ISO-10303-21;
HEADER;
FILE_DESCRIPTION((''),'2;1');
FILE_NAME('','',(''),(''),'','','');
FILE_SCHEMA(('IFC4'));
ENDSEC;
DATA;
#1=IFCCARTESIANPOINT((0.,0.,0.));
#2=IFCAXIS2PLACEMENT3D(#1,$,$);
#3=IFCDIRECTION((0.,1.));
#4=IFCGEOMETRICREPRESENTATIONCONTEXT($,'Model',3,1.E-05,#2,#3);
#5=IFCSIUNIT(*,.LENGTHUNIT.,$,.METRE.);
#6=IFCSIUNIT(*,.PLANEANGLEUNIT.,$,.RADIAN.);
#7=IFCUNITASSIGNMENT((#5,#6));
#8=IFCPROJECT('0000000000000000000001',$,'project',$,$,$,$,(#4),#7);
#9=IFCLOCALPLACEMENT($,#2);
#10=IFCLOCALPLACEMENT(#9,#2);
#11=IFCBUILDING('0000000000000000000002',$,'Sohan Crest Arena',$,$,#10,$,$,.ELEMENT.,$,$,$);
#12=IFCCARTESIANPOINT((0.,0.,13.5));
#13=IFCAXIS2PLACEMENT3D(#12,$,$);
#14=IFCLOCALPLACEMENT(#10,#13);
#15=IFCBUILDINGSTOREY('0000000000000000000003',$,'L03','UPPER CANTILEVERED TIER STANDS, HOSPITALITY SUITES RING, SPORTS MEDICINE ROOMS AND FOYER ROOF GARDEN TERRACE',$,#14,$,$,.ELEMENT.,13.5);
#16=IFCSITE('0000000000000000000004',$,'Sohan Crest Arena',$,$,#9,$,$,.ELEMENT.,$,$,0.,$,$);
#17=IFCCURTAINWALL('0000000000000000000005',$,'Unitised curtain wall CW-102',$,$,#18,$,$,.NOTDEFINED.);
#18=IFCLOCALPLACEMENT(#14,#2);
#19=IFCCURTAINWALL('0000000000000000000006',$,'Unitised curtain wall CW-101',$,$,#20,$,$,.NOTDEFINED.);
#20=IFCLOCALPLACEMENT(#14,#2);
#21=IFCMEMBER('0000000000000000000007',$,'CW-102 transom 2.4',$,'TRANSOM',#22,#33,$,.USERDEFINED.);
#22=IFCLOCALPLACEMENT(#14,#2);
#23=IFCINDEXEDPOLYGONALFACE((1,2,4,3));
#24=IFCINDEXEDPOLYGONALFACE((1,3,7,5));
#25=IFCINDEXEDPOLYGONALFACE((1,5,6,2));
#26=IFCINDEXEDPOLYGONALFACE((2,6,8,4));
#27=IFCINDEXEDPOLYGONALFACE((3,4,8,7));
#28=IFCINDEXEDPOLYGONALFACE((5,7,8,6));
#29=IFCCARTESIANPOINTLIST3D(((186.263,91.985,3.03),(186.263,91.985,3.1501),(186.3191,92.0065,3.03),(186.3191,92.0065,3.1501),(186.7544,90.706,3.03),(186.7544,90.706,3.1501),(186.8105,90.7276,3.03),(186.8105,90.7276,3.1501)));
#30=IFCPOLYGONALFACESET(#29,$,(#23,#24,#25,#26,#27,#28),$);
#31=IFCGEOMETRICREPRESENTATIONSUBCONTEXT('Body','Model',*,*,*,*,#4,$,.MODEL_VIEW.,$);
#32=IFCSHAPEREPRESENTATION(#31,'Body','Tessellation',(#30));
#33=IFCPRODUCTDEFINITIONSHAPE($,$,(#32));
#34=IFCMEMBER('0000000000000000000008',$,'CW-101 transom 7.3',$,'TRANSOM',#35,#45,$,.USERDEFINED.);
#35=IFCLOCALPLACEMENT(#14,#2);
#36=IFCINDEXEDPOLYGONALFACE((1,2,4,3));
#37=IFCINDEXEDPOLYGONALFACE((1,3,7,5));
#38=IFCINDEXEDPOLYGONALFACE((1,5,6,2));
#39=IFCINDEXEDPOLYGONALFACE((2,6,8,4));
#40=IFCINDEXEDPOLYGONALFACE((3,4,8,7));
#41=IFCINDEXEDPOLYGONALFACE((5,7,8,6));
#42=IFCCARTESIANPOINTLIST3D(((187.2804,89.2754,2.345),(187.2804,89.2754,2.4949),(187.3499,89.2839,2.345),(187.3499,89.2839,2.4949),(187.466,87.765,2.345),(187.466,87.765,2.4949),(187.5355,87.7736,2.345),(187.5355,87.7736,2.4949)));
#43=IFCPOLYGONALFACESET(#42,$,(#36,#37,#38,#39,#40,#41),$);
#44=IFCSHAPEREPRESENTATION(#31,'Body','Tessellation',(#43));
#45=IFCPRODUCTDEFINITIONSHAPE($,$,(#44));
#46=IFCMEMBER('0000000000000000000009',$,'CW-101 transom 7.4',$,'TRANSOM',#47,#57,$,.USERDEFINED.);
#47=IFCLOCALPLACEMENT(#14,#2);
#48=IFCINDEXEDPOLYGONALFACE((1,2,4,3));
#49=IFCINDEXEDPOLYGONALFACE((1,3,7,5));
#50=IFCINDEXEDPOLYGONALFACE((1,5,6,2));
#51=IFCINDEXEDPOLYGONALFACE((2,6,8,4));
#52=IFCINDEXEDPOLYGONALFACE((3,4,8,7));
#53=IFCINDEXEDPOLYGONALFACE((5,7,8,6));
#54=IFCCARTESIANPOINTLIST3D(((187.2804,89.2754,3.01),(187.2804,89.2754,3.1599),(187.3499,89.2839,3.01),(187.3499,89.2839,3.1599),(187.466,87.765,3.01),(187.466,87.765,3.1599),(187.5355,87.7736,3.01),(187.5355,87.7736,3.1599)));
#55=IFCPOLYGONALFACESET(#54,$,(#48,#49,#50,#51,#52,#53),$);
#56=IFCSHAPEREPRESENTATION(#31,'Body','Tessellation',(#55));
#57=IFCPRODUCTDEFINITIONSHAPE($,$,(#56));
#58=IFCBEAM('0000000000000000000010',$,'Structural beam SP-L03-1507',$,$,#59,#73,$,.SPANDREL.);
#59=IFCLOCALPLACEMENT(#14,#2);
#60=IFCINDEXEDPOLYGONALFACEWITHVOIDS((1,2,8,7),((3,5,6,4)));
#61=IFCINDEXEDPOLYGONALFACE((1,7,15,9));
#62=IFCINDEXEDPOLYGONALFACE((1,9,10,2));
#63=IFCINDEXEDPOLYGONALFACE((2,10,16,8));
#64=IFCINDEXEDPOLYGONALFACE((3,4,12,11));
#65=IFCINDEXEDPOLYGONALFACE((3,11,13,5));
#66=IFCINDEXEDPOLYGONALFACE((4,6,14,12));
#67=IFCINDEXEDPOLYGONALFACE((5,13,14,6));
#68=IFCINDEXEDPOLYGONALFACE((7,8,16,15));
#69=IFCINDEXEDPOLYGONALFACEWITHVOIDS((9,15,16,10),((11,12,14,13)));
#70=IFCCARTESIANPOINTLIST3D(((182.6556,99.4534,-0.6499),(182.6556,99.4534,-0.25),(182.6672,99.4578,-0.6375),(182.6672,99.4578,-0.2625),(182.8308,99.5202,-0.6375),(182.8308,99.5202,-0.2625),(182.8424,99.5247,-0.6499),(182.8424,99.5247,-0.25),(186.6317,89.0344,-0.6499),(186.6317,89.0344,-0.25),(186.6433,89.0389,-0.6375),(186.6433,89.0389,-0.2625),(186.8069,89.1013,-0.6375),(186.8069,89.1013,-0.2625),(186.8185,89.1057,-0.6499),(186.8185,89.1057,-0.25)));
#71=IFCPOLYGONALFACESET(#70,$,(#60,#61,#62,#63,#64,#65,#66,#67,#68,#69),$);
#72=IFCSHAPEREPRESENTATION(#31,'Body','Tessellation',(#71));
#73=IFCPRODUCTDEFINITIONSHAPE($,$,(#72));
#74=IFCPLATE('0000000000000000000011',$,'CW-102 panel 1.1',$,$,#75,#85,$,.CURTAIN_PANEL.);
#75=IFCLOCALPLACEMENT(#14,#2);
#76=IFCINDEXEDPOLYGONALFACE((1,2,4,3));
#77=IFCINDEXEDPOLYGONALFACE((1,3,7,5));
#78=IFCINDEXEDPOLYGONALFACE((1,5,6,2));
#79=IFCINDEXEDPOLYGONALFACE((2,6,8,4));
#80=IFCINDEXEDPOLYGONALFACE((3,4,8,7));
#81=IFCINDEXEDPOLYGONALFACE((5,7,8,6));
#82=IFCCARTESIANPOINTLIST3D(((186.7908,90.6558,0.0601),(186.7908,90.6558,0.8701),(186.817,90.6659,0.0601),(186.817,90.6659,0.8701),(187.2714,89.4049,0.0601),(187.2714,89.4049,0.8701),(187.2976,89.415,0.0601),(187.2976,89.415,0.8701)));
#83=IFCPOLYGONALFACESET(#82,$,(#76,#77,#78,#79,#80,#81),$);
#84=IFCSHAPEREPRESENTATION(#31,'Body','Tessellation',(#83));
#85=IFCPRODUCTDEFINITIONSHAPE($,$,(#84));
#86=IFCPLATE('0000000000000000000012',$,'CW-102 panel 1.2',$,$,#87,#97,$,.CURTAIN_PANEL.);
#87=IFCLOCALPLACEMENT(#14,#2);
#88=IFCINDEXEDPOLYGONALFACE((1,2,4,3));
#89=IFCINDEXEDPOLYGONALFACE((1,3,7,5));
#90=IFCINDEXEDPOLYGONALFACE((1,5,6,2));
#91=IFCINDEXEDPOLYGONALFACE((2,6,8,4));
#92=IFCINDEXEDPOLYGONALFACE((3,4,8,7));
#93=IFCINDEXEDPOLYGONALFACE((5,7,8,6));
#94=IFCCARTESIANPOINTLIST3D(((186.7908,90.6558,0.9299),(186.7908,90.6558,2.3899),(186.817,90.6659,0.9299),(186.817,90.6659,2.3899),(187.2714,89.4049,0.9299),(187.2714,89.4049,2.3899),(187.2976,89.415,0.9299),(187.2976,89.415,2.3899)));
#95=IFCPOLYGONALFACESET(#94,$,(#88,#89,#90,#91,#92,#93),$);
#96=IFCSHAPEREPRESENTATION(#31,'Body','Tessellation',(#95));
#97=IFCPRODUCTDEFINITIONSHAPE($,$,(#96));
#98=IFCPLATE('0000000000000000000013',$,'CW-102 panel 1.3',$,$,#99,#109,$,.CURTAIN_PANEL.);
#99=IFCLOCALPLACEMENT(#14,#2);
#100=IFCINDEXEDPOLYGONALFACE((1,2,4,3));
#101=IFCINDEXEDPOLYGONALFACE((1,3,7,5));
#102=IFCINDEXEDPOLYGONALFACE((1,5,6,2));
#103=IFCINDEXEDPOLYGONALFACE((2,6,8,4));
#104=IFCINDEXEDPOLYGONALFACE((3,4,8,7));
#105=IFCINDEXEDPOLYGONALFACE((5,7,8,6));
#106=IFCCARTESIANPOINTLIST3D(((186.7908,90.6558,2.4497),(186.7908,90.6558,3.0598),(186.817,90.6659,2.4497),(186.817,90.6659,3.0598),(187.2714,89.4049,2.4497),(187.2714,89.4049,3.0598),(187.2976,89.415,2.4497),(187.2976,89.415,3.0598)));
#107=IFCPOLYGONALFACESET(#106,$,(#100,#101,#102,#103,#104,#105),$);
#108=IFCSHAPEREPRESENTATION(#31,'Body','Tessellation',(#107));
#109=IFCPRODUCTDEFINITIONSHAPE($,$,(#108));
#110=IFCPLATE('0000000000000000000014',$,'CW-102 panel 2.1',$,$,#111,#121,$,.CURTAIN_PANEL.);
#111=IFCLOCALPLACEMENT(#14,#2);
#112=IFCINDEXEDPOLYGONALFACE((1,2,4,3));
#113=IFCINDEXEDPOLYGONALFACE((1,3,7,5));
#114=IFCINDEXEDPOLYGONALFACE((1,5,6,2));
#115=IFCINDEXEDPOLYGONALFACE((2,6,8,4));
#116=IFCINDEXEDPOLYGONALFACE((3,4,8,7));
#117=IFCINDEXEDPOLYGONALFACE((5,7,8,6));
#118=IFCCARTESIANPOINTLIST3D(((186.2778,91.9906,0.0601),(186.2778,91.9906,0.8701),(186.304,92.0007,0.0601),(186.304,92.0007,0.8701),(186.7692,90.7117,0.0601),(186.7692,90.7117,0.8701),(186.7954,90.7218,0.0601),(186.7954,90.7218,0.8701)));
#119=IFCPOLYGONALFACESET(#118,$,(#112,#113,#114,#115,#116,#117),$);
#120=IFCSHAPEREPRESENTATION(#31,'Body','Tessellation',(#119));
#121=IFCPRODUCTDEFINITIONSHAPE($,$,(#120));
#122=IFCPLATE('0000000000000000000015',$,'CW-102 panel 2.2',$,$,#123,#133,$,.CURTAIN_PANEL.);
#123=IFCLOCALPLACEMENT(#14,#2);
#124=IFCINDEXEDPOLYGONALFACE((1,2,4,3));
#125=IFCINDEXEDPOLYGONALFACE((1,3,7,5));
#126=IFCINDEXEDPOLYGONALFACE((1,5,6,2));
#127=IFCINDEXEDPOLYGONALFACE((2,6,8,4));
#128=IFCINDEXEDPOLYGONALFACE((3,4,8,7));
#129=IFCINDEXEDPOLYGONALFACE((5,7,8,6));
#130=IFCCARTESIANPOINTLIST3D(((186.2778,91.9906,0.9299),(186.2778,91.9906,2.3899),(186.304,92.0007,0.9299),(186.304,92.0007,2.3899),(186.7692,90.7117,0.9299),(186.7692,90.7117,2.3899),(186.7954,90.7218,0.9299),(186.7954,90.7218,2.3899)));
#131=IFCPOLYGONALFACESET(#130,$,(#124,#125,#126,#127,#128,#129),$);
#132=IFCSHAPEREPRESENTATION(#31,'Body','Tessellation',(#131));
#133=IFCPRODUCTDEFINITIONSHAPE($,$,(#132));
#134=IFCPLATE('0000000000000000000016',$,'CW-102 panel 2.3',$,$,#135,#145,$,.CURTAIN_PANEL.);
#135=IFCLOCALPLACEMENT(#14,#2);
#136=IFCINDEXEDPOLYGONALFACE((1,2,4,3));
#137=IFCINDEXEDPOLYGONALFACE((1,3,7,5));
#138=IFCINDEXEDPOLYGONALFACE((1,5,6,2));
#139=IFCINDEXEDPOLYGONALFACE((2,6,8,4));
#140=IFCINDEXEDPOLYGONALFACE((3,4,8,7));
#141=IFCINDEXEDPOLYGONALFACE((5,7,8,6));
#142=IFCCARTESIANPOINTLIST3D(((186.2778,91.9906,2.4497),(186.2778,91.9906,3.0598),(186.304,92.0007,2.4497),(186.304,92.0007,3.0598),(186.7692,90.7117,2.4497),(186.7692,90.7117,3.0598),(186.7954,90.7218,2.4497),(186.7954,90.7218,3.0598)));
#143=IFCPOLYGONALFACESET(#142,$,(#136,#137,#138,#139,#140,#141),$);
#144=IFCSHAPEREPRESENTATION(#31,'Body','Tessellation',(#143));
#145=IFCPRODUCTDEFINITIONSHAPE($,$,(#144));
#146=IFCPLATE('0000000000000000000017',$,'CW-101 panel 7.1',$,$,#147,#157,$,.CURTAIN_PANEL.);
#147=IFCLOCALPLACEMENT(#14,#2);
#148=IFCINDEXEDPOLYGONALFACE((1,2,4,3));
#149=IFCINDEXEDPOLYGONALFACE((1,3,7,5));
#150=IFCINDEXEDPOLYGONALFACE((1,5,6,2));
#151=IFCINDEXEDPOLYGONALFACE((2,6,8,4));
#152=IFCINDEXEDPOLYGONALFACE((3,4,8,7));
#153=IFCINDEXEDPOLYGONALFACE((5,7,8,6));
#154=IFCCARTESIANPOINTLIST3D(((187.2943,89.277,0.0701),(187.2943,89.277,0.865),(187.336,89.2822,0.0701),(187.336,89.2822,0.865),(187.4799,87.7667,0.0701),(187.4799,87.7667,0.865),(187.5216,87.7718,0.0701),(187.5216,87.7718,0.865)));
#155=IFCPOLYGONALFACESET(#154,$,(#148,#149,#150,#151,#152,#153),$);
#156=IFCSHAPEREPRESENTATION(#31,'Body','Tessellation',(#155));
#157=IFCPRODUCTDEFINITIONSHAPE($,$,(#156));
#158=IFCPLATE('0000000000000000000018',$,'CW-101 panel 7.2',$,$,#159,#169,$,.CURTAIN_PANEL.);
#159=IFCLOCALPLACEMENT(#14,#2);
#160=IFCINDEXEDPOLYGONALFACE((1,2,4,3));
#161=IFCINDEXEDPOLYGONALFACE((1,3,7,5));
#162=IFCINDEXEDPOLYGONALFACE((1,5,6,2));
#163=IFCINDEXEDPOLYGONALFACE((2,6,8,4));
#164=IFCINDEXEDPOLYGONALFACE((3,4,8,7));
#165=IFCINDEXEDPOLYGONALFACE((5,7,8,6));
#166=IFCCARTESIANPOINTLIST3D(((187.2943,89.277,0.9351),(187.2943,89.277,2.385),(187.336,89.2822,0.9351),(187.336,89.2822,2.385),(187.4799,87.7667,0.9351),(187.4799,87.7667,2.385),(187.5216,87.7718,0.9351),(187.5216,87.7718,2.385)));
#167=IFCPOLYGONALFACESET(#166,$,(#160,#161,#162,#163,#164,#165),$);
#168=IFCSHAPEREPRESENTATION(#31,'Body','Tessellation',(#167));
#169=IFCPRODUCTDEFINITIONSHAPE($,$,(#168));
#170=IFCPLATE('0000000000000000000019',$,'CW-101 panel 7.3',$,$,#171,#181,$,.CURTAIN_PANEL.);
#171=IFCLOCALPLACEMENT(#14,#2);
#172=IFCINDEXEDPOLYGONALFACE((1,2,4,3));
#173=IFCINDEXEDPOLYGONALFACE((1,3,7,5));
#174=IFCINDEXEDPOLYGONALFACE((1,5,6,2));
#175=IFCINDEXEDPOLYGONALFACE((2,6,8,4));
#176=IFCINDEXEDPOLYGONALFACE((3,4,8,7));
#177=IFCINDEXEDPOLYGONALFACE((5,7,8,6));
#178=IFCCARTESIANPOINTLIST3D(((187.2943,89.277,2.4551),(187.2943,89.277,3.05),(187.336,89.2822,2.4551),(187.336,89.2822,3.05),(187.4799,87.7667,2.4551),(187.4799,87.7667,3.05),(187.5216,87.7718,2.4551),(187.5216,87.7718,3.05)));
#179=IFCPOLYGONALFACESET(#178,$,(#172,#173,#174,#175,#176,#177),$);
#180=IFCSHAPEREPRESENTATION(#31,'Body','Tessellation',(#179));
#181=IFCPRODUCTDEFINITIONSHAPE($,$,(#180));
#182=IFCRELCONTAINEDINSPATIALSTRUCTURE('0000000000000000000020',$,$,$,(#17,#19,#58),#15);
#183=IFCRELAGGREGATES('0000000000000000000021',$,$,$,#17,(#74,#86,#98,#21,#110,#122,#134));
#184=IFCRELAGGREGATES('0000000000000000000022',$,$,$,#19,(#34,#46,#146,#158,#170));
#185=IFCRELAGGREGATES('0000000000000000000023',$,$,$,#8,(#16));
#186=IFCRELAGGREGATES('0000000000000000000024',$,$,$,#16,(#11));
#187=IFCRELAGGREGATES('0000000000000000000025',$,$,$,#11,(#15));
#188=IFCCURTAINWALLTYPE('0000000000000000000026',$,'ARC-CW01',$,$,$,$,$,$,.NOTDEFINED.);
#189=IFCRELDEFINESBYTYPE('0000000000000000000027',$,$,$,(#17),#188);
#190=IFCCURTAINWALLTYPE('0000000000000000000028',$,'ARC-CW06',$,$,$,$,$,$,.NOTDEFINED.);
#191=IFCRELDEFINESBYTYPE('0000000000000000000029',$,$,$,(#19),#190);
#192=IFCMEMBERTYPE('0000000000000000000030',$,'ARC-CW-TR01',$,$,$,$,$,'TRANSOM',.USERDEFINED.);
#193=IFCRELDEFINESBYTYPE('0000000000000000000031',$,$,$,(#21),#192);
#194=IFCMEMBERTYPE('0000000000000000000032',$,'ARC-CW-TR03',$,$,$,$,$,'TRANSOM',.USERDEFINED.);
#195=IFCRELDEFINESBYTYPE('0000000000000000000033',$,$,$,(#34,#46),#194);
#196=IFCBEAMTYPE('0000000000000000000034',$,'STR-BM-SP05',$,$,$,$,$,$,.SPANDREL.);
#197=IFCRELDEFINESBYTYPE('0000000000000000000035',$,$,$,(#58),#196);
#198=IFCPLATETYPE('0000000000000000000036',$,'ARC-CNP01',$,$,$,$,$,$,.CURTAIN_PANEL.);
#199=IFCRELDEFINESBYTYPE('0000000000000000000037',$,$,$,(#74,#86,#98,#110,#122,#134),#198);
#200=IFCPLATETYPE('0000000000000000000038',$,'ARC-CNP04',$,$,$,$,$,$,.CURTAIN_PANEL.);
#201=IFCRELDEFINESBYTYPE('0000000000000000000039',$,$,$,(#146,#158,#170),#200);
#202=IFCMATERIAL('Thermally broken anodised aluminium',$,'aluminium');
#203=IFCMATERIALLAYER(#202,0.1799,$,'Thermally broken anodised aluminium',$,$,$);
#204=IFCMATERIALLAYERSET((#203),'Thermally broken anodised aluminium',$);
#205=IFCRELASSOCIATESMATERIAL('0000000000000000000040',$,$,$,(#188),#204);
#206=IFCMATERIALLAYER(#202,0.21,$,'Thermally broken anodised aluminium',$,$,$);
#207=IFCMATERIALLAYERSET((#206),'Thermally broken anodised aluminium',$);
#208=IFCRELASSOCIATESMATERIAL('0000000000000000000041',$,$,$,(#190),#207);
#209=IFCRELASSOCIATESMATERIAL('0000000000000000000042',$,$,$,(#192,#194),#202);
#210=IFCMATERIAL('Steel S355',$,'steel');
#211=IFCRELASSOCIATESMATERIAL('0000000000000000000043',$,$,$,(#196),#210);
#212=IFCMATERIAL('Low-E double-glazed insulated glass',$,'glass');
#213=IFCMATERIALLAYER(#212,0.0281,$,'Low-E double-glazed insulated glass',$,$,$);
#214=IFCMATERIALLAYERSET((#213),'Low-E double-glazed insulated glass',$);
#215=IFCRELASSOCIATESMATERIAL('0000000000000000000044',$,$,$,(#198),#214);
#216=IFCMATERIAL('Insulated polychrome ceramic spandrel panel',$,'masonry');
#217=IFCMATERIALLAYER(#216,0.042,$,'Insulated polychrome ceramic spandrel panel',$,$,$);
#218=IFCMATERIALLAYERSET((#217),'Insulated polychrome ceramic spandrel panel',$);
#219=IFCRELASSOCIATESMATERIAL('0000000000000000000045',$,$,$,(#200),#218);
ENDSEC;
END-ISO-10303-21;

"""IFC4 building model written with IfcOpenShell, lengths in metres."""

from ifc_helpers import new_model, si_unit, direction, frame, origin, origin_2d, place, context, subcontext, project, spatial, rectangle, hollow_rectangle, extrude, material, layer, layer_set, material_profile, profile_set, type_object, element, aggregate, save


model = new_model("IFC4")

# Units and contexts
model_context = context("Model", 3, precision=1e-05, world=origin(), true_north=direction((0.0, 1.0)))
body_context = subcontext(model_context, "Body", "Model", "MODEL_VIEW")
ifc_project = project(units=[si_unit("LENGTHUNIT", "METRE"), si_unit("PLANEANGLEUNIT", "RADIAN")], contexts=[model_context])

# Site, building, storey
site_placement = place(None, origin())
site = spatial("IfcSite", under=ifc_project, at=site_placement, Name="Sohan Crest Arena", CompositionType="ELEMENT", RefElevation=0.0)
building_placement = place(site_placement, origin())
building = spatial("IfcBuilding", under=site, at=building_placement, Name="Sohan Crest Arena", CompositionType="ELEMENT")
storey_placement = place(building_placement, frame((0.0, 0.0, 13.5)))
storey = spatial("IfcBuildingStorey", under=building, at=storey_placement, Name="L03", Description="UPPER CANTILEVERED TIER STANDS, HOSPITALITY SUITES RING, SPORTS MEDICINE ROOMS AND FOYER ROOF GARDEN TERRACE", CompositionType="ELEMENT", Elevation=13.5)

# Shared definitions
ifc_material_1 = material(Name="Steel S355", Category="steel")

# Curtain wall
ifc_material_2 = material(Name="Thermally broken anodised aluminium", Category="aluminium")
ifc_layer_1 = layer(ifc_material_2, 0.1799, Name="Thermally broken anodised aluminium")
ifc_layer_set_1 = layer_set([ifc_layer_1], Name="Thermally broken anodised aluminium")
curtain_wall_type_1 = type_object("IfcCurtainWallType", Name="ARC-CW01", PredefinedType="NOTDEFINED", material=ifc_layer_set_1)
curtain_wall_1_placement = place(storey_placement, origin())
curtain_wall_1 = element("IfcCurtainWall", 1, at=curtain_wall_1_placement, inside=storey, type_object=curtain_wall_type_1, Name="Unitised curtain wall CW-102", PredefinedType="NOTDEFINED")

# Curtain wall
ifc_layer_2 = layer(ifc_material_2, 0.21, Name="Thermally broken anodised aluminium")
ifc_layer_set_2 = layer_set([ifc_layer_2], Name="Thermally broken anodised aluminium")
curtain_wall_type_2 = type_object("IfcCurtainWallType", Name="ARC-CW06", PredefinedType="NOTDEFINED", material=ifc_layer_set_2)
curtain_wall_2_placement = place(storey_placement, origin())
curtain_wall_2 = element("IfcCurtainWall", 2, at=curtain_wall_2_placement, inside=storey, type_object=curtain_wall_type_2, Name="Unitised curtain wall CW-101", PredefinedType="NOTDEFINED")

# Members
ifc_material_profile_1 = material_profile(ifc_material_2, rectangle(XDim=0.0601, YDim=0.1201, at=origin_2d()), Name="ALU-TRAN 60x120")
ifc_profile_set_1 = profile_set([ifc_material_profile_1], Name="Thermally broken anodised aluminium")
member_type_1 = type_object("IfcMemberType", Name="ARC-CW-TR01", ElementType="TRANSOM", PredefinedType="USERDEFINED", material=ifc_profile_set_1)
member_1_placement = place(storey_placement, frame((186.7825, 90.7168, 3.0901), z_axis=(-0.358669, 0.933465, 0.0), x_axis=(-0.933465, -0.358669, 0.0)))
member_1 = element("IfcMember", 3, at=member_1_placement, type_object=member_type_1, Name="CW-102 transom 2.4", ObjectType="TRANSOM", PredefinedType="USERDEFINED", context=body_context, shape_type="SweptSolid", body=[
    extrude(rectangle(XDim=0.0601, YDim=0.1201, at=origin_2d()), origin(), (0.0, 0.0, 1.0), 1.3701),
])
ifc_material_profile_2 = material_profile(ifc_material_2, rectangle(XDim=0.0701, YDim=0.1499, at=origin_2d()), Name="ALU-TRAN 70x150")
ifc_profile_set_2 = profile_set([ifc_material_profile_2], Name="Thermally broken anodised aluminium")
member_type_2 = type_object("IfcMemberType", Name="ARC-CW-TR03", ElementType="TRANSOM", PredefinedType="USERDEFINED", material=ifc_profile_set_2)
member_2_placement = place(storey_placement, frame((187.5007, 87.7693, 2.4199), z_axis=(-0.121941, 0.992537, 0.0), x_axis=(-0.992537, -0.121941, 0.0)))
member_2 = element("IfcMember", 4, at=member_2_placement, type_object=member_type_2, Name="CW-101 transom 7.3", ObjectType="TRANSOM", PredefinedType="USERDEFINED", context=body_context, shape_type="SweptSolid", body=[
    extrude(rectangle(XDim=0.0701, YDim=0.1499, at=origin_2d()), origin(), (0.0, 0.0, 1.0), 1.5217),
])
member_3_placement = place(storey_placement, frame((187.5007, 87.7693, 3.085), z_axis=(-0.121941, 0.992537, 0.0), x_axis=(-0.992537, -0.121941, 0.0)))
member_3 = element("IfcMember", 5, at=member_3_placement, type_object=member_type_2, Name="CW-101 transom 7.4", ObjectType="TRANSOM", PredefinedType="USERDEFINED", context=body_context, shape_type="SweptSolid", body=[
    extrude(rectangle(XDim=0.0701, YDim=0.1499, at=origin_2d()), origin(), (0.0, 0.0, 1.0), 1.5217),
])

# Beam
ifc_material_profile_3 = material_profile(ifc_material_1, hollow_rectangle(XDim=0.2, YDim=0.3999, WallThickness=0.0125, at=origin_2d()), Name="RHS 400x200x12.5")
ifc_profile_set_3 = profile_set([ifc_material_profile_3], Name="Steel S355")
beam_type = type_object("IfcBeamType", Name="STR-BM-SP05", PredefinedType="SPANDREL", material=ifc_profile_set_3)
beam_placement = place(storey_placement, frame((186.7251, 89.0701, -0.45), z_axis=(-0.35654, 0.93428, 0.0), x_axis=(-0.93428, -0.35654, 0.0)))
element("IfcBeam", 6, at=beam_placement, inside=storey, type_object=beam_type, Name="Structural beam SP-L03-1507", PredefinedType="SPANDREL", context=body_context, shape_type="SweptSolid", body=[
    extrude(hollow_rectangle(XDim=0.2, YDim=0.3999, WallThickness=0.0125, at=origin_2d()), origin(), (0.0, 0.0, 1.0), 11.1519),
])

# Plates
ifc_material_3 = material(Name="Low-E double-glazed insulated glass", Category="glass")
ifc_layer_3 = layer(ifc_material_3, 0.0281, Name="Low-E double-glazed insulated glass")
ifc_layer_set_3 = layer_set([ifc_layer_3], Name="Low-E double-glazed insulated glass")
plate_type_1 = type_object("IfcPlateType", Name="ARC-CNP01", PredefinedType="CURTAIN_PANEL", material=ifc_layer_set_3)
plate_1_placement = place(storey_placement, frame((187.0442, 90.0354, 0.0601), z_axis=(0.0, 0.0, 1.0), x_axis=(-0.358651, 0.933472, 0.0)))
plate_1 = element("IfcPlate", 7, at=plate_1_placement, type_object=plate_type_1, Name="CW-102 panel 1.1", PredefinedType="CURTAIN_PANEL", context=body_context, shape_type="SweptSolid", body=[
    extrude(rectangle(XDim=1.3401, YDim=0.0281, at=origin_2d()), origin(), (0.0, 0.0, 1.0), 0.8101),
])
plate_2_placement = place(storey_placement, frame((187.0442, 90.0354, 0.9299), z_axis=(0.0, 0.0, 1.0), x_axis=(-0.358651, 0.933472, 0.0)))
plate_2 = element("IfcPlate", 8, at=plate_2_placement, type_object=plate_type_1, Name="CW-102 panel 1.2", PredefinedType="CURTAIN_PANEL", context=body_context, shape_type="SweptSolid", body=[
    extrude(rectangle(XDim=1.3401, YDim=0.0281, at=origin_2d()), origin(), (0.0, 0.0, 1.0), 1.46),
])
plate_3_placement = place(storey_placement, frame((187.0442, 90.0354, 2.4497), z_axis=(0.0, 0.0, 1.0), x_axis=(-0.358651, 0.933472, 0.0)))
plate_3 = element("IfcPlate", 9, at=plate_3_placement, type_object=plate_type_1, Name="CW-102 panel 1.3", PredefinedType="CURTAIN_PANEL", context=body_context, shape_type="SweptSolid", body=[
    extrude(rectangle(XDim=1.3401, YDim=0.0281, at=origin_2d()), origin(), (0.0, 0.0, 1.0), 0.6101),
])
plate_4_placement = place(storey_placement, frame((186.5366, 91.3562, 0.0601), z_axis=(0.0, 0.0, 1.0), x_axis=(-0.358651, 0.933472, 0.0)))
plate_4 = element("IfcPlate", 10, at=plate_4_placement, type_object=plate_type_1, Name="CW-102 panel 2.1", PredefinedType="CURTAIN_PANEL", context=body_context, shape_type="SweptSolid", body=[
    extrude(rectangle(XDim=1.3701, YDim=0.0281, at=origin_2d()), origin(), (0.0, 0.0, 1.0), 0.8101),
])
plate_5_placement = place(storey_placement, frame((186.5366, 91.3562, 0.9299), z_axis=(0.0, 0.0, 1.0), x_axis=(-0.358651, 0.933472, 0.0)))
plate_5 = element("IfcPlate", 11, at=plate_5_placement, type_object=plate_type_1, Name="CW-102 panel 2.2", PredefinedType="CURTAIN_PANEL", context=body_context, shape_type="SweptSolid", body=[
    extrude(rectangle(XDim=1.3701, YDim=0.0281, at=origin_2d()), origin(), (0.0, 0.0, 1.0), 1.46),
])
plate_6_placement = place(storey_placement, frame((186.5366, 91.3562, 2.4497), z_axis=(0.0, 0.0, 1.0), x_axis=(-0.358651, 0.933472, 0.0)))
plate_6 = element("IfcPlate", 12, at=plate_6_placement, type_object=plate_type_1, Name="CW-102 panel 2.3", PredefinedType="CURTAIN_PANEL", context=body_context, shape_type="SweptSolid", body=[
    extrude(rectangle(XDim=1.3701, YDim=0.0281, at=origin_2d()), origin(), (0.0, 0.0, 1.0), 0.6101),
])
aggregate(curtain_wall_1, [plate_1, plate_2, plate_3, member_1, plate_4, plate_5, plate_6])
ifc_material_4 = material(Name="Insulated polychrome ceramic spandrel panel", Category="masonry")
ifc_layer_4 = layer(ifc_material_4, 0.042, Name="Insulated polychrome ceramic spandrel panel")
ifc_layer_set_4 = layer_set([ifc_layer_4], Name="Insulated polychrome ceramic spandrel panel")
plate_type_2 = type_object("IfcPlateType", Name="ARC-CNP04", PredefinedType="CURTAIN_PANEL", material=ifc_layer_set_4)
plate_7_placement = place(storey_placement, frame((187.408, 88.5244, 0.0701), z_axis=(0.0, 0.0, 1.0), x_axis=(-0.121947, 0.992537, 0.0)))
plate_7 = element("IfcPlate", 13, at=plate_7_placement, type_object=plate_type_2, Name="CW-101 panel 7.1", PredefinedType="CURTAIN_PANEL", context=body_context, shape_type="SweptSolid", body=[
    extrude(rectangle(XDim=1.5217, YDim=0.042, at=origin_2d()), origin(), (0.0, 0.0, 1.0), 0.7949),
])
plate_8_placement = place(storey_placement, frame((187.408, 88.5244, 0.9351), z_axis=(0.0, 0.0, 1.0), x_axis=(-0.121947, 0.992537, 0.0)))
plate_8 = element("IfcPlate", 14, at=plate_8_placement, type_object=plate_type_2, Name="CW-101 panel 7.2", PredefinedType="CURTAIN_PANEL", context=body_context, shape_type="SweptSolid", body=[
    extrude(rectangle(XDim=1.5217, YDim=0.042, at=origin_2d()), origin(), (0.0, 0.0, 1.0), 1.45),
])
plate_9_placement = place(storey_placement, frame((187.408, 88.5244, 2.4551), z_axis=(0.0, 0.0, 1.0), x_axis=(-0.121947, 0.992537, 0.0)))
plate_9 = element("IfcPlate", 15, at=plate_9_placement, type_object=plate_type_2, Name="CW-101 panel 7.3", PredefinedType="CURTAIN_PANEL", context=body_context, shape_type="SweptSolid", body=[
    extrude(rectangle(XDim=1.5217, YDim=0.042, at=origin_2d()), origin(), (0.0, 0.0, 1.0), 0.595),
])
aggregate(curtain_wall_2, [member_2, member_3, plate_7, plate_8, plate_9])

save(model, "model.ifc")
